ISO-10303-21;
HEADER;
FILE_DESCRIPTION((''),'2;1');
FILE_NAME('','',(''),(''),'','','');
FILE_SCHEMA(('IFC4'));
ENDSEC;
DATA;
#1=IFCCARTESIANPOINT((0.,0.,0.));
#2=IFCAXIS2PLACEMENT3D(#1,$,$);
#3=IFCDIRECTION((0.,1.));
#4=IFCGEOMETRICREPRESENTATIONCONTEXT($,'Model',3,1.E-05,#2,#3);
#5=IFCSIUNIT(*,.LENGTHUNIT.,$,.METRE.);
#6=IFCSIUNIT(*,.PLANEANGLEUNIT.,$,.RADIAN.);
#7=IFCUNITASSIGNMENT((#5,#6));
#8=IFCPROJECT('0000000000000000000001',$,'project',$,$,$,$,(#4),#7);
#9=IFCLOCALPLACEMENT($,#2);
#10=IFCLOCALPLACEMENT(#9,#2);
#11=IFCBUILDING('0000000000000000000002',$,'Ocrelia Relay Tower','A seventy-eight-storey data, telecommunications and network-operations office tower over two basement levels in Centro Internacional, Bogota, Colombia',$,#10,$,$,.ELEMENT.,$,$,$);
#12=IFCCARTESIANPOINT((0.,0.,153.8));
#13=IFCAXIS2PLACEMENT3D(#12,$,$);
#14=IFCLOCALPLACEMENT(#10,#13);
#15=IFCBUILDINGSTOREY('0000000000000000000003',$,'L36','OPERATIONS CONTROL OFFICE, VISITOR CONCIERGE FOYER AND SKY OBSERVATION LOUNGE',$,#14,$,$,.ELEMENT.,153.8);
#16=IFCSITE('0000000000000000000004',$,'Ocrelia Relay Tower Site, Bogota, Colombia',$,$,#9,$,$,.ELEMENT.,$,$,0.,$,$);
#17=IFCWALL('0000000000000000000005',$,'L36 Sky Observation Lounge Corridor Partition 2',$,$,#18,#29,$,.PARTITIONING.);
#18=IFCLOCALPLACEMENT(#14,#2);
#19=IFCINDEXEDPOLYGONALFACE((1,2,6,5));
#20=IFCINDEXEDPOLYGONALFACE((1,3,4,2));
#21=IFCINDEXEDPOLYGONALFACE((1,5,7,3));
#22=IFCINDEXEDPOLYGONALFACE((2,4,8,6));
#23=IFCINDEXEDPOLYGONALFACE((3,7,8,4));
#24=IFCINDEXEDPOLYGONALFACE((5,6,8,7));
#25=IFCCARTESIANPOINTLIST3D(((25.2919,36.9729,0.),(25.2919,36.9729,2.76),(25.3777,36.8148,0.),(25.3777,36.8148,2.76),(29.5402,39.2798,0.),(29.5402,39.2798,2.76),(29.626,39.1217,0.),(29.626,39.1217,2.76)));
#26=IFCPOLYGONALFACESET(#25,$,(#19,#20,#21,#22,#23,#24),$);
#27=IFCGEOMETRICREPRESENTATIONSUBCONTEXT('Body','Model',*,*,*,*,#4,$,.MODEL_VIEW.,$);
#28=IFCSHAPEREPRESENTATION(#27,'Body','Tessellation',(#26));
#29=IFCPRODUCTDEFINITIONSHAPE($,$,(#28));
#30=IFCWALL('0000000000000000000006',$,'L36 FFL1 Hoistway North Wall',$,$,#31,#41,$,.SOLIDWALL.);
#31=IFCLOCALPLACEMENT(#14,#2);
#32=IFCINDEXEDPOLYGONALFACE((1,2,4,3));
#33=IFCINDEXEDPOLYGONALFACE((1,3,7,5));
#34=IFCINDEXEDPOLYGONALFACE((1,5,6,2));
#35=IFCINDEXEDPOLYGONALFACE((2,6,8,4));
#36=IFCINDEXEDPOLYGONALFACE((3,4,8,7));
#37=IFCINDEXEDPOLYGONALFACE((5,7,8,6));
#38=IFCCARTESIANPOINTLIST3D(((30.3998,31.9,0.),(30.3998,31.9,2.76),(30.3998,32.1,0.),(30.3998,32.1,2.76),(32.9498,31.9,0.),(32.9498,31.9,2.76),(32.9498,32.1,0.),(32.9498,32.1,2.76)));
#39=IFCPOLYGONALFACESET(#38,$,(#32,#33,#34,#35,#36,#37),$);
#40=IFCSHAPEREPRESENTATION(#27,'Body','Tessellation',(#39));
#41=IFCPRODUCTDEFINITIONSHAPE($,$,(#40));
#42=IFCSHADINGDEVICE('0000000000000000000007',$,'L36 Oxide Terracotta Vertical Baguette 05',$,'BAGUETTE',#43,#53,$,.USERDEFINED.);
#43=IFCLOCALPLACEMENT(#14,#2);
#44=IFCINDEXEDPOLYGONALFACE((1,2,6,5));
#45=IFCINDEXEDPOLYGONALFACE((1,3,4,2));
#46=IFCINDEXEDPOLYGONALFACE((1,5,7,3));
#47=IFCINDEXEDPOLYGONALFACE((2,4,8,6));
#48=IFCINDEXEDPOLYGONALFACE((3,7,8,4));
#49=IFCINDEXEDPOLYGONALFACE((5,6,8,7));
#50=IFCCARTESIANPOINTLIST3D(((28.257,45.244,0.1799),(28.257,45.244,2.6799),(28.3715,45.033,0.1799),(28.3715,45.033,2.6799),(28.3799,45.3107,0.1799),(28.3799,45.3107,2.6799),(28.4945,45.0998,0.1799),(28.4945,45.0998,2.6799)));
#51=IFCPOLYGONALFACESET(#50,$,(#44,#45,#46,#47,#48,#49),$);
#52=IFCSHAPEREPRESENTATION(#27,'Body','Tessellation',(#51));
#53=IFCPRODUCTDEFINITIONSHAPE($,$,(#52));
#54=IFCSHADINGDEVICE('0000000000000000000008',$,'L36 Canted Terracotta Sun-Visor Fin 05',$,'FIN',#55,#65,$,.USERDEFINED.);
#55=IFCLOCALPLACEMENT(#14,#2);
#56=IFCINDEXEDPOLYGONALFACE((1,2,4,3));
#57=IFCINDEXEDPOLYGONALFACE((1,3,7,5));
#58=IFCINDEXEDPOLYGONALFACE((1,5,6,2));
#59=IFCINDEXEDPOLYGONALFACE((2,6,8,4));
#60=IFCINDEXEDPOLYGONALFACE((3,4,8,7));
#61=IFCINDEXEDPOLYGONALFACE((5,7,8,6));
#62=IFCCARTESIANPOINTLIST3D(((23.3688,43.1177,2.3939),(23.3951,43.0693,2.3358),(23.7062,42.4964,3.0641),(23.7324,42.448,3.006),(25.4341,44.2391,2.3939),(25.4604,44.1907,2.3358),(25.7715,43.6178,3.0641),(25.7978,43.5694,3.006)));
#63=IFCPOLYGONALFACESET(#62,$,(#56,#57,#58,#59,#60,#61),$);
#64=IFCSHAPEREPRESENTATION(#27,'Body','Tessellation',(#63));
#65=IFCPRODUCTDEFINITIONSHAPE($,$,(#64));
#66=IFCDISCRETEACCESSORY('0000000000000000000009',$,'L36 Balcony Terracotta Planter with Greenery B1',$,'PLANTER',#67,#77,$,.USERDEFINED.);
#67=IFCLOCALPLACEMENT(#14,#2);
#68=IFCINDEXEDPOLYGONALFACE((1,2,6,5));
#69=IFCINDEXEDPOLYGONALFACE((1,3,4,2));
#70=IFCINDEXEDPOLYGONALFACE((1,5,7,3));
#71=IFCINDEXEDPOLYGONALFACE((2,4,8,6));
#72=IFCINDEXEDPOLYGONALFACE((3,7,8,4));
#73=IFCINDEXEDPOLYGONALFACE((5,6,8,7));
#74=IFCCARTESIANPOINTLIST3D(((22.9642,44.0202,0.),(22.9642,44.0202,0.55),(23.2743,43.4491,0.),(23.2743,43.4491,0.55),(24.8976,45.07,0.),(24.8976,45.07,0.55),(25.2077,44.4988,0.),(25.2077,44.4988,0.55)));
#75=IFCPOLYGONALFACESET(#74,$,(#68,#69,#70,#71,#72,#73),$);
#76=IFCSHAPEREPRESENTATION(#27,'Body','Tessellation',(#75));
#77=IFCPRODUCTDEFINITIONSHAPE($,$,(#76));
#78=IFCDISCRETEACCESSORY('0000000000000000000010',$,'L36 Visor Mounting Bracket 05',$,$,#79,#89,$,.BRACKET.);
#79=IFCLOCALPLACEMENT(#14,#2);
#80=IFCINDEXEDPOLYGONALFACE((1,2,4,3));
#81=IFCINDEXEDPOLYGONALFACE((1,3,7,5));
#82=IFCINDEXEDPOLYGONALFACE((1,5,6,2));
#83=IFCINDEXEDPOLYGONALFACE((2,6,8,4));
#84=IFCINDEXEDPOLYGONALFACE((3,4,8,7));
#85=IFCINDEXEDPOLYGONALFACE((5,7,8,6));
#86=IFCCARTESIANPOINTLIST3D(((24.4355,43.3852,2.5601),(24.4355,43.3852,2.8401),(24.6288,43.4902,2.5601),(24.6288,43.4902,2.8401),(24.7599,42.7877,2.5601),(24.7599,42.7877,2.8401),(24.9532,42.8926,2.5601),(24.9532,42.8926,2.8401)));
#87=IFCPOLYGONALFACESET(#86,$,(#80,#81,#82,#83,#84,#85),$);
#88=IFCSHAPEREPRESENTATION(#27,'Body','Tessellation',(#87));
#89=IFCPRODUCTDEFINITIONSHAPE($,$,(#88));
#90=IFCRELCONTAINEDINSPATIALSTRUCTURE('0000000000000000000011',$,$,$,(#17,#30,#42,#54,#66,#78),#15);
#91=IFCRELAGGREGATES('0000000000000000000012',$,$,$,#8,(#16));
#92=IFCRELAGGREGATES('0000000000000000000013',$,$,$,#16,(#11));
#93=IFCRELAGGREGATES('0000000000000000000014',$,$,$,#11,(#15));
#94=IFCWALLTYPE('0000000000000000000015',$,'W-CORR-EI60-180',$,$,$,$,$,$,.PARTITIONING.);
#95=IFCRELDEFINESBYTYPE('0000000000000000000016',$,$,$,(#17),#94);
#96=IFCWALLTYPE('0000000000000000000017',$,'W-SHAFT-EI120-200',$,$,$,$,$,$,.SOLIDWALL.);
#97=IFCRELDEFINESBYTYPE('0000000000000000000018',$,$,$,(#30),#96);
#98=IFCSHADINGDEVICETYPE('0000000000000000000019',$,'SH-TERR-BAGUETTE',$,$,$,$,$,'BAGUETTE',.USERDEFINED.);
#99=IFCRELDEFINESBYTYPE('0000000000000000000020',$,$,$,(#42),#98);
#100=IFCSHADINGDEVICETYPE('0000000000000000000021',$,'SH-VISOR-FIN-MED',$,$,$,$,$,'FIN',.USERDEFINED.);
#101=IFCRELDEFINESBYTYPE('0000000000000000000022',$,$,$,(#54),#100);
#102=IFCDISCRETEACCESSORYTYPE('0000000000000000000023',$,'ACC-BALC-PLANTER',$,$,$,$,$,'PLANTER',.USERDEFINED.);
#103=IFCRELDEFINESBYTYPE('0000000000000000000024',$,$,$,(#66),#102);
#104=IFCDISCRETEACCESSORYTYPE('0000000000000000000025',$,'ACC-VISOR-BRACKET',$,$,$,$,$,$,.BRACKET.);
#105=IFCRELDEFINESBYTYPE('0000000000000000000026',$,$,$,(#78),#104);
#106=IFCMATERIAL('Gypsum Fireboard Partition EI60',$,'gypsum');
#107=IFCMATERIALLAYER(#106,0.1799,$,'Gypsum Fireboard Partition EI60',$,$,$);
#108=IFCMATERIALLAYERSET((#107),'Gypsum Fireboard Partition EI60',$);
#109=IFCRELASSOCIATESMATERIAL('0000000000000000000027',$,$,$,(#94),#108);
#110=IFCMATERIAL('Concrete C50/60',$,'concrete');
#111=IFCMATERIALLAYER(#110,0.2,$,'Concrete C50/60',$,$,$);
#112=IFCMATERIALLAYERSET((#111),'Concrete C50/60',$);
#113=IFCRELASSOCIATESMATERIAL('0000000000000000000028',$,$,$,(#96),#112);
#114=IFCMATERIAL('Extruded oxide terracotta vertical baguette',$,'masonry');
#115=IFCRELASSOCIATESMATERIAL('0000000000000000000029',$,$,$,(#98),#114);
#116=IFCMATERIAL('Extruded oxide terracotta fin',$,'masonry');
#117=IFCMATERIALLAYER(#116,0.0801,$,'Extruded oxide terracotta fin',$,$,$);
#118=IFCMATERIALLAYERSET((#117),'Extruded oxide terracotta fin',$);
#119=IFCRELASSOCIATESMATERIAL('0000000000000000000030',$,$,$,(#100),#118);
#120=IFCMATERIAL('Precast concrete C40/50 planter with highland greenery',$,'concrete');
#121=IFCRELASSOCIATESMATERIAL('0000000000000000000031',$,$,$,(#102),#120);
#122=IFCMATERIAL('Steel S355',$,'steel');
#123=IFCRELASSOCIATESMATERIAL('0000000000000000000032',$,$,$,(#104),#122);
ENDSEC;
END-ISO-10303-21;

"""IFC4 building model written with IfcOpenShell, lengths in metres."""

from ifc_helpers import new_model, si_unit, direction, frame, frame_2d, origin, origin_2d, place, context, subcontext, project, spatial, rectangle, extrude, material, layer, layer_set, type_object, element, save


model = new_model("IFC4")

# Units and contexts
model_context = context("Model", 3, precision=1e-05, world=origin(), true_north=direction((0.0, 1.0)))
body_context = subcontext(model_context, "Body", "Model", "MODEL_VIEW")
ifc_project = project(units=[si_unit("LENGTHUNIT", "METRE"), si_unit("PLANEANGLEUNIT", "RADIAN")], contexts=[model_context])

# Site, building, storey
site_placement = place(None, origin())
site = spatial("IfcSite", under=ifc_project, at=site_placement, Name="Ocrelia Relay Tower Site, Bogota, Colombia", CompositionType="ELEMENT", RefElevation=0.0)
building_placement = place(site_placement, origin())
building = spatial("IfcBuilding", under=site, at=building_placement, Name="Ocrelia Relay Tower", Description="A seventy-eight-storey data, telecommunications and network-operations office tower over two basement levels in Centro Internacional, Bogota, Colombia", CompositionType="ELEMENT")
storey_placement = place(building_placement, frame((0.0, 0.0, 153.8)))
storey = spatial("IfcBuildingStorey", under=building, at=storey_placement, Name="L36", Description="OPERATIONS CONTROL OFFICE, VISITOR CONCIERGE FOYER AND SKY OBSERVATION LOUNGE", CompositionType="ELEMENT", Elevation=153.8)

# Shared definitions
ifc_material_1 = material(Name="Steel S355", Category="steel")

# Shared definitions
ifc_material_2 = material(Name="Gypsum Fireboard Partition EI60", Category="gypsum")
ifc_layer_1 = layer(ifc_material_2, 0.1799, Name="Gypsum Fireboard Partition EI60")
ifc_layer_set_1 = layer_set([ifc_layer_1], Name="Gypsum Fireboard Partition EI60")
wall_type_1 = type_object("IfcWallType", Name="W-CORR-EI60-180", PredefinedType="PARTITIONING", material=ifc_layer_set_1)

# Wall
wall_1_placement = place(storey_placement, frame((29.583, 39.2007, 0.0), z_axis=(0.0, 0.0, 1.0), x_axis=(-0.878795, -0.477199, 0.0)))
element("IfcWall", 1, at=wall_1_placement, inside=storey, type_object=wall_type_1, Name="L36 Sky Observation Lounge Corridor Partition 2", PredefinedType="PARTITIONING", context=body_context, shape_type="SweptSolid", body=[
    extrude(rectangle(XDim=4.8342, YDim=0.1799, at=frame_2d((2.417, 0.0))), origin(), (0.0, 0.0, 1.0), 2.76),
])

# Shared definitions
ifc_material_3 = material(Name="Concrete C50/60", Category="concrete")

# Wall
ifc_layer_2 = layer(ifc_material_3, 0.2, Name="Concrete C50/60")
ifc_layer_set_2 = layer_set([ifc_layer_2], Name="Concrete C50/60")
wall_type_2 = type_object("IfcWallType", Name="W-SHAFT-EI120-200", PredefinedType="SOLIDWALL", material=ifc_layer_set_2)
wall_2_placement = place(storey_placement, frame((30.3999, 32.0, 0.0), z_axis=(0.0, 0.0, 1.0), x_axis=(1.0, 0.0, 0.0)))
element("IfcWall", 2, at=wall_2_placement, inside=storey, type_object=wall_type_2, Name="L36 FFL1 Hoistway North Wall", PredefinedType="SOLIDWALL", context=body_context, shape_type="SweptSolid", body=[
    extrude(rectangle(XDim=2.55, YDim=0.2, at=frame_2d((1.2749, 0.0))), origin(), (0.0, 0.0, 1.0), 2.76),
])

# Shading devices
ifc_material_4 = material(Name="Extruded oxide terracotta vertical baguette", Category="masonry")
shading_device_type_1 = type_object("IfcShadingDeviceType", Name="SH-TERR-BAGUETTE", ElementType="BAGUETTE", PredefinedType="USERDEFINED", material=ifc_material_4)
shading_device_1_placement = place(storey_placement, frame((28.3757, 45.1719, 0.1799), z_axis=(0.0, 0.0, 1.0), x_axis=(-0.878819, -0.477156, 0.0)))
element("IfcShadingDevice", 3, at=shading_device_1_placement, inside=storey, type_object=shading_device_type_1, Name="L36 Oxide Terracotta Vertical Baguette 05", ObjectType="BAGUETTE", PredefinedType="USERDEFINED", context=body_context, shape_type="SweptSolid", body=[
    extrude(rectangle(XDim=0.1399, YDim=0.24, at=origin_2d()), origin(), (0.0, 0.0, 1.0), 2.5),
])
ifc_material_5 = material(Name="Extruded oxide terracotta fin", Category="masonry")
ifc_layer_3 = layer(ifc_material_5, 0.0801, Name="Extruded oxide terracotta fin")
ifc_layer_set_3 = layer_set([ifc_layer_3], Name="Extruded oxide terracotta fin")
shading_device_type_2 = type_object("IfcShadingDeviceType", Name="SH-VISOR-FIN-MED", ElementType="FIN", PredefinedType="USERDEFINED", material=ifc_layer_set_3)
shading_device_2_placement = place(storey_placement, frame((24.5964, 43.3193, 2.6709), z_axis=(-0.328271, 0.604605, 0.725735), x_axis=(-0.878819, -0.477156, 0.0)))
element("IfcShadingDevice", 4, at=shading_device_2_placement, inside=storey, type_object=shading_device_type_2, Name="L36 Canted Terracotta Sun-Visor Fin 05", ObjectType="FIN", PredefinedType="USERDEFINED", context=body_context, shape_type="SweptSolid", body=[
    extrude(rectangle(XDim=2.3501, YDim=0.9741, at=origin_2d()), origin(), (0.0, 0.0, 1.0), 0.0801),
])

# Discrete accessories
ifc_material_6 = material(Name="Precast concrete C40/50 planter with highland greenery", Category="concrete")
discrete_accessory_type_1 = type_object("IfcDiscreteAccessoryType", Name="ACC-BALC-PLANTER", ElementType="PLANTER", PredefinedType="USERDEFINED", material=ifc_material_6)
discrete_accessory_1_placement = place(storey_placement, frame((24.0859, 44.2595, 0.0), z_axis=(0.0, 0.0, 1.0), x_axis=(0.878815, 0.477162, 0.0)))
element("IfcDiscreteAccessory", 5, at=discrete_accessory_1_placement, inside=storey, type_object=discrete_accessory_type_1, Name="L36 Balcony Terracotta Planter with Greenery B1", ObjectType="PLANTER", PredefinedType="USERDEFINED", context=body_context, shape_type="SweptSolid", body=[
    extrude(rectangle(XDim=2.2, YDim=0.6499, at=origin_2d()), origin(), (0.0, 0.0, 1.0), 0.55),
])
discrete_accessory_type_2 = type_object("IfcDiscreteAccessoryType", Name="ACC-VISOR-BRACKET", PredefinedType="BRACKET", material=ifc_material_1)
discrete_accessory_2_placement = place(storey_placement, frame((24.6943, 43.1389, 2.5601), z_axis=(0.0, 0.0, 1.0), x_axis=(-0.878819, -0.477156, 0.0)))
element("IfcDiscreteAccessory", 6, at=discrete_accessory_2_placement, inside=storey, type_object=discrete_accessory_type_2, Name="L36 Visor Mounting Bracket 05", PredefinedType="BRACKET", context=body_context, shape_type="SweptSolid", body=[
    extrude(rectangle(XDim=0.22, YDim=0.6799, at=origin_2d()), origin(), (0.0, 0.0, 1.0), 0.28),
])

save(model, "model.ifc")
